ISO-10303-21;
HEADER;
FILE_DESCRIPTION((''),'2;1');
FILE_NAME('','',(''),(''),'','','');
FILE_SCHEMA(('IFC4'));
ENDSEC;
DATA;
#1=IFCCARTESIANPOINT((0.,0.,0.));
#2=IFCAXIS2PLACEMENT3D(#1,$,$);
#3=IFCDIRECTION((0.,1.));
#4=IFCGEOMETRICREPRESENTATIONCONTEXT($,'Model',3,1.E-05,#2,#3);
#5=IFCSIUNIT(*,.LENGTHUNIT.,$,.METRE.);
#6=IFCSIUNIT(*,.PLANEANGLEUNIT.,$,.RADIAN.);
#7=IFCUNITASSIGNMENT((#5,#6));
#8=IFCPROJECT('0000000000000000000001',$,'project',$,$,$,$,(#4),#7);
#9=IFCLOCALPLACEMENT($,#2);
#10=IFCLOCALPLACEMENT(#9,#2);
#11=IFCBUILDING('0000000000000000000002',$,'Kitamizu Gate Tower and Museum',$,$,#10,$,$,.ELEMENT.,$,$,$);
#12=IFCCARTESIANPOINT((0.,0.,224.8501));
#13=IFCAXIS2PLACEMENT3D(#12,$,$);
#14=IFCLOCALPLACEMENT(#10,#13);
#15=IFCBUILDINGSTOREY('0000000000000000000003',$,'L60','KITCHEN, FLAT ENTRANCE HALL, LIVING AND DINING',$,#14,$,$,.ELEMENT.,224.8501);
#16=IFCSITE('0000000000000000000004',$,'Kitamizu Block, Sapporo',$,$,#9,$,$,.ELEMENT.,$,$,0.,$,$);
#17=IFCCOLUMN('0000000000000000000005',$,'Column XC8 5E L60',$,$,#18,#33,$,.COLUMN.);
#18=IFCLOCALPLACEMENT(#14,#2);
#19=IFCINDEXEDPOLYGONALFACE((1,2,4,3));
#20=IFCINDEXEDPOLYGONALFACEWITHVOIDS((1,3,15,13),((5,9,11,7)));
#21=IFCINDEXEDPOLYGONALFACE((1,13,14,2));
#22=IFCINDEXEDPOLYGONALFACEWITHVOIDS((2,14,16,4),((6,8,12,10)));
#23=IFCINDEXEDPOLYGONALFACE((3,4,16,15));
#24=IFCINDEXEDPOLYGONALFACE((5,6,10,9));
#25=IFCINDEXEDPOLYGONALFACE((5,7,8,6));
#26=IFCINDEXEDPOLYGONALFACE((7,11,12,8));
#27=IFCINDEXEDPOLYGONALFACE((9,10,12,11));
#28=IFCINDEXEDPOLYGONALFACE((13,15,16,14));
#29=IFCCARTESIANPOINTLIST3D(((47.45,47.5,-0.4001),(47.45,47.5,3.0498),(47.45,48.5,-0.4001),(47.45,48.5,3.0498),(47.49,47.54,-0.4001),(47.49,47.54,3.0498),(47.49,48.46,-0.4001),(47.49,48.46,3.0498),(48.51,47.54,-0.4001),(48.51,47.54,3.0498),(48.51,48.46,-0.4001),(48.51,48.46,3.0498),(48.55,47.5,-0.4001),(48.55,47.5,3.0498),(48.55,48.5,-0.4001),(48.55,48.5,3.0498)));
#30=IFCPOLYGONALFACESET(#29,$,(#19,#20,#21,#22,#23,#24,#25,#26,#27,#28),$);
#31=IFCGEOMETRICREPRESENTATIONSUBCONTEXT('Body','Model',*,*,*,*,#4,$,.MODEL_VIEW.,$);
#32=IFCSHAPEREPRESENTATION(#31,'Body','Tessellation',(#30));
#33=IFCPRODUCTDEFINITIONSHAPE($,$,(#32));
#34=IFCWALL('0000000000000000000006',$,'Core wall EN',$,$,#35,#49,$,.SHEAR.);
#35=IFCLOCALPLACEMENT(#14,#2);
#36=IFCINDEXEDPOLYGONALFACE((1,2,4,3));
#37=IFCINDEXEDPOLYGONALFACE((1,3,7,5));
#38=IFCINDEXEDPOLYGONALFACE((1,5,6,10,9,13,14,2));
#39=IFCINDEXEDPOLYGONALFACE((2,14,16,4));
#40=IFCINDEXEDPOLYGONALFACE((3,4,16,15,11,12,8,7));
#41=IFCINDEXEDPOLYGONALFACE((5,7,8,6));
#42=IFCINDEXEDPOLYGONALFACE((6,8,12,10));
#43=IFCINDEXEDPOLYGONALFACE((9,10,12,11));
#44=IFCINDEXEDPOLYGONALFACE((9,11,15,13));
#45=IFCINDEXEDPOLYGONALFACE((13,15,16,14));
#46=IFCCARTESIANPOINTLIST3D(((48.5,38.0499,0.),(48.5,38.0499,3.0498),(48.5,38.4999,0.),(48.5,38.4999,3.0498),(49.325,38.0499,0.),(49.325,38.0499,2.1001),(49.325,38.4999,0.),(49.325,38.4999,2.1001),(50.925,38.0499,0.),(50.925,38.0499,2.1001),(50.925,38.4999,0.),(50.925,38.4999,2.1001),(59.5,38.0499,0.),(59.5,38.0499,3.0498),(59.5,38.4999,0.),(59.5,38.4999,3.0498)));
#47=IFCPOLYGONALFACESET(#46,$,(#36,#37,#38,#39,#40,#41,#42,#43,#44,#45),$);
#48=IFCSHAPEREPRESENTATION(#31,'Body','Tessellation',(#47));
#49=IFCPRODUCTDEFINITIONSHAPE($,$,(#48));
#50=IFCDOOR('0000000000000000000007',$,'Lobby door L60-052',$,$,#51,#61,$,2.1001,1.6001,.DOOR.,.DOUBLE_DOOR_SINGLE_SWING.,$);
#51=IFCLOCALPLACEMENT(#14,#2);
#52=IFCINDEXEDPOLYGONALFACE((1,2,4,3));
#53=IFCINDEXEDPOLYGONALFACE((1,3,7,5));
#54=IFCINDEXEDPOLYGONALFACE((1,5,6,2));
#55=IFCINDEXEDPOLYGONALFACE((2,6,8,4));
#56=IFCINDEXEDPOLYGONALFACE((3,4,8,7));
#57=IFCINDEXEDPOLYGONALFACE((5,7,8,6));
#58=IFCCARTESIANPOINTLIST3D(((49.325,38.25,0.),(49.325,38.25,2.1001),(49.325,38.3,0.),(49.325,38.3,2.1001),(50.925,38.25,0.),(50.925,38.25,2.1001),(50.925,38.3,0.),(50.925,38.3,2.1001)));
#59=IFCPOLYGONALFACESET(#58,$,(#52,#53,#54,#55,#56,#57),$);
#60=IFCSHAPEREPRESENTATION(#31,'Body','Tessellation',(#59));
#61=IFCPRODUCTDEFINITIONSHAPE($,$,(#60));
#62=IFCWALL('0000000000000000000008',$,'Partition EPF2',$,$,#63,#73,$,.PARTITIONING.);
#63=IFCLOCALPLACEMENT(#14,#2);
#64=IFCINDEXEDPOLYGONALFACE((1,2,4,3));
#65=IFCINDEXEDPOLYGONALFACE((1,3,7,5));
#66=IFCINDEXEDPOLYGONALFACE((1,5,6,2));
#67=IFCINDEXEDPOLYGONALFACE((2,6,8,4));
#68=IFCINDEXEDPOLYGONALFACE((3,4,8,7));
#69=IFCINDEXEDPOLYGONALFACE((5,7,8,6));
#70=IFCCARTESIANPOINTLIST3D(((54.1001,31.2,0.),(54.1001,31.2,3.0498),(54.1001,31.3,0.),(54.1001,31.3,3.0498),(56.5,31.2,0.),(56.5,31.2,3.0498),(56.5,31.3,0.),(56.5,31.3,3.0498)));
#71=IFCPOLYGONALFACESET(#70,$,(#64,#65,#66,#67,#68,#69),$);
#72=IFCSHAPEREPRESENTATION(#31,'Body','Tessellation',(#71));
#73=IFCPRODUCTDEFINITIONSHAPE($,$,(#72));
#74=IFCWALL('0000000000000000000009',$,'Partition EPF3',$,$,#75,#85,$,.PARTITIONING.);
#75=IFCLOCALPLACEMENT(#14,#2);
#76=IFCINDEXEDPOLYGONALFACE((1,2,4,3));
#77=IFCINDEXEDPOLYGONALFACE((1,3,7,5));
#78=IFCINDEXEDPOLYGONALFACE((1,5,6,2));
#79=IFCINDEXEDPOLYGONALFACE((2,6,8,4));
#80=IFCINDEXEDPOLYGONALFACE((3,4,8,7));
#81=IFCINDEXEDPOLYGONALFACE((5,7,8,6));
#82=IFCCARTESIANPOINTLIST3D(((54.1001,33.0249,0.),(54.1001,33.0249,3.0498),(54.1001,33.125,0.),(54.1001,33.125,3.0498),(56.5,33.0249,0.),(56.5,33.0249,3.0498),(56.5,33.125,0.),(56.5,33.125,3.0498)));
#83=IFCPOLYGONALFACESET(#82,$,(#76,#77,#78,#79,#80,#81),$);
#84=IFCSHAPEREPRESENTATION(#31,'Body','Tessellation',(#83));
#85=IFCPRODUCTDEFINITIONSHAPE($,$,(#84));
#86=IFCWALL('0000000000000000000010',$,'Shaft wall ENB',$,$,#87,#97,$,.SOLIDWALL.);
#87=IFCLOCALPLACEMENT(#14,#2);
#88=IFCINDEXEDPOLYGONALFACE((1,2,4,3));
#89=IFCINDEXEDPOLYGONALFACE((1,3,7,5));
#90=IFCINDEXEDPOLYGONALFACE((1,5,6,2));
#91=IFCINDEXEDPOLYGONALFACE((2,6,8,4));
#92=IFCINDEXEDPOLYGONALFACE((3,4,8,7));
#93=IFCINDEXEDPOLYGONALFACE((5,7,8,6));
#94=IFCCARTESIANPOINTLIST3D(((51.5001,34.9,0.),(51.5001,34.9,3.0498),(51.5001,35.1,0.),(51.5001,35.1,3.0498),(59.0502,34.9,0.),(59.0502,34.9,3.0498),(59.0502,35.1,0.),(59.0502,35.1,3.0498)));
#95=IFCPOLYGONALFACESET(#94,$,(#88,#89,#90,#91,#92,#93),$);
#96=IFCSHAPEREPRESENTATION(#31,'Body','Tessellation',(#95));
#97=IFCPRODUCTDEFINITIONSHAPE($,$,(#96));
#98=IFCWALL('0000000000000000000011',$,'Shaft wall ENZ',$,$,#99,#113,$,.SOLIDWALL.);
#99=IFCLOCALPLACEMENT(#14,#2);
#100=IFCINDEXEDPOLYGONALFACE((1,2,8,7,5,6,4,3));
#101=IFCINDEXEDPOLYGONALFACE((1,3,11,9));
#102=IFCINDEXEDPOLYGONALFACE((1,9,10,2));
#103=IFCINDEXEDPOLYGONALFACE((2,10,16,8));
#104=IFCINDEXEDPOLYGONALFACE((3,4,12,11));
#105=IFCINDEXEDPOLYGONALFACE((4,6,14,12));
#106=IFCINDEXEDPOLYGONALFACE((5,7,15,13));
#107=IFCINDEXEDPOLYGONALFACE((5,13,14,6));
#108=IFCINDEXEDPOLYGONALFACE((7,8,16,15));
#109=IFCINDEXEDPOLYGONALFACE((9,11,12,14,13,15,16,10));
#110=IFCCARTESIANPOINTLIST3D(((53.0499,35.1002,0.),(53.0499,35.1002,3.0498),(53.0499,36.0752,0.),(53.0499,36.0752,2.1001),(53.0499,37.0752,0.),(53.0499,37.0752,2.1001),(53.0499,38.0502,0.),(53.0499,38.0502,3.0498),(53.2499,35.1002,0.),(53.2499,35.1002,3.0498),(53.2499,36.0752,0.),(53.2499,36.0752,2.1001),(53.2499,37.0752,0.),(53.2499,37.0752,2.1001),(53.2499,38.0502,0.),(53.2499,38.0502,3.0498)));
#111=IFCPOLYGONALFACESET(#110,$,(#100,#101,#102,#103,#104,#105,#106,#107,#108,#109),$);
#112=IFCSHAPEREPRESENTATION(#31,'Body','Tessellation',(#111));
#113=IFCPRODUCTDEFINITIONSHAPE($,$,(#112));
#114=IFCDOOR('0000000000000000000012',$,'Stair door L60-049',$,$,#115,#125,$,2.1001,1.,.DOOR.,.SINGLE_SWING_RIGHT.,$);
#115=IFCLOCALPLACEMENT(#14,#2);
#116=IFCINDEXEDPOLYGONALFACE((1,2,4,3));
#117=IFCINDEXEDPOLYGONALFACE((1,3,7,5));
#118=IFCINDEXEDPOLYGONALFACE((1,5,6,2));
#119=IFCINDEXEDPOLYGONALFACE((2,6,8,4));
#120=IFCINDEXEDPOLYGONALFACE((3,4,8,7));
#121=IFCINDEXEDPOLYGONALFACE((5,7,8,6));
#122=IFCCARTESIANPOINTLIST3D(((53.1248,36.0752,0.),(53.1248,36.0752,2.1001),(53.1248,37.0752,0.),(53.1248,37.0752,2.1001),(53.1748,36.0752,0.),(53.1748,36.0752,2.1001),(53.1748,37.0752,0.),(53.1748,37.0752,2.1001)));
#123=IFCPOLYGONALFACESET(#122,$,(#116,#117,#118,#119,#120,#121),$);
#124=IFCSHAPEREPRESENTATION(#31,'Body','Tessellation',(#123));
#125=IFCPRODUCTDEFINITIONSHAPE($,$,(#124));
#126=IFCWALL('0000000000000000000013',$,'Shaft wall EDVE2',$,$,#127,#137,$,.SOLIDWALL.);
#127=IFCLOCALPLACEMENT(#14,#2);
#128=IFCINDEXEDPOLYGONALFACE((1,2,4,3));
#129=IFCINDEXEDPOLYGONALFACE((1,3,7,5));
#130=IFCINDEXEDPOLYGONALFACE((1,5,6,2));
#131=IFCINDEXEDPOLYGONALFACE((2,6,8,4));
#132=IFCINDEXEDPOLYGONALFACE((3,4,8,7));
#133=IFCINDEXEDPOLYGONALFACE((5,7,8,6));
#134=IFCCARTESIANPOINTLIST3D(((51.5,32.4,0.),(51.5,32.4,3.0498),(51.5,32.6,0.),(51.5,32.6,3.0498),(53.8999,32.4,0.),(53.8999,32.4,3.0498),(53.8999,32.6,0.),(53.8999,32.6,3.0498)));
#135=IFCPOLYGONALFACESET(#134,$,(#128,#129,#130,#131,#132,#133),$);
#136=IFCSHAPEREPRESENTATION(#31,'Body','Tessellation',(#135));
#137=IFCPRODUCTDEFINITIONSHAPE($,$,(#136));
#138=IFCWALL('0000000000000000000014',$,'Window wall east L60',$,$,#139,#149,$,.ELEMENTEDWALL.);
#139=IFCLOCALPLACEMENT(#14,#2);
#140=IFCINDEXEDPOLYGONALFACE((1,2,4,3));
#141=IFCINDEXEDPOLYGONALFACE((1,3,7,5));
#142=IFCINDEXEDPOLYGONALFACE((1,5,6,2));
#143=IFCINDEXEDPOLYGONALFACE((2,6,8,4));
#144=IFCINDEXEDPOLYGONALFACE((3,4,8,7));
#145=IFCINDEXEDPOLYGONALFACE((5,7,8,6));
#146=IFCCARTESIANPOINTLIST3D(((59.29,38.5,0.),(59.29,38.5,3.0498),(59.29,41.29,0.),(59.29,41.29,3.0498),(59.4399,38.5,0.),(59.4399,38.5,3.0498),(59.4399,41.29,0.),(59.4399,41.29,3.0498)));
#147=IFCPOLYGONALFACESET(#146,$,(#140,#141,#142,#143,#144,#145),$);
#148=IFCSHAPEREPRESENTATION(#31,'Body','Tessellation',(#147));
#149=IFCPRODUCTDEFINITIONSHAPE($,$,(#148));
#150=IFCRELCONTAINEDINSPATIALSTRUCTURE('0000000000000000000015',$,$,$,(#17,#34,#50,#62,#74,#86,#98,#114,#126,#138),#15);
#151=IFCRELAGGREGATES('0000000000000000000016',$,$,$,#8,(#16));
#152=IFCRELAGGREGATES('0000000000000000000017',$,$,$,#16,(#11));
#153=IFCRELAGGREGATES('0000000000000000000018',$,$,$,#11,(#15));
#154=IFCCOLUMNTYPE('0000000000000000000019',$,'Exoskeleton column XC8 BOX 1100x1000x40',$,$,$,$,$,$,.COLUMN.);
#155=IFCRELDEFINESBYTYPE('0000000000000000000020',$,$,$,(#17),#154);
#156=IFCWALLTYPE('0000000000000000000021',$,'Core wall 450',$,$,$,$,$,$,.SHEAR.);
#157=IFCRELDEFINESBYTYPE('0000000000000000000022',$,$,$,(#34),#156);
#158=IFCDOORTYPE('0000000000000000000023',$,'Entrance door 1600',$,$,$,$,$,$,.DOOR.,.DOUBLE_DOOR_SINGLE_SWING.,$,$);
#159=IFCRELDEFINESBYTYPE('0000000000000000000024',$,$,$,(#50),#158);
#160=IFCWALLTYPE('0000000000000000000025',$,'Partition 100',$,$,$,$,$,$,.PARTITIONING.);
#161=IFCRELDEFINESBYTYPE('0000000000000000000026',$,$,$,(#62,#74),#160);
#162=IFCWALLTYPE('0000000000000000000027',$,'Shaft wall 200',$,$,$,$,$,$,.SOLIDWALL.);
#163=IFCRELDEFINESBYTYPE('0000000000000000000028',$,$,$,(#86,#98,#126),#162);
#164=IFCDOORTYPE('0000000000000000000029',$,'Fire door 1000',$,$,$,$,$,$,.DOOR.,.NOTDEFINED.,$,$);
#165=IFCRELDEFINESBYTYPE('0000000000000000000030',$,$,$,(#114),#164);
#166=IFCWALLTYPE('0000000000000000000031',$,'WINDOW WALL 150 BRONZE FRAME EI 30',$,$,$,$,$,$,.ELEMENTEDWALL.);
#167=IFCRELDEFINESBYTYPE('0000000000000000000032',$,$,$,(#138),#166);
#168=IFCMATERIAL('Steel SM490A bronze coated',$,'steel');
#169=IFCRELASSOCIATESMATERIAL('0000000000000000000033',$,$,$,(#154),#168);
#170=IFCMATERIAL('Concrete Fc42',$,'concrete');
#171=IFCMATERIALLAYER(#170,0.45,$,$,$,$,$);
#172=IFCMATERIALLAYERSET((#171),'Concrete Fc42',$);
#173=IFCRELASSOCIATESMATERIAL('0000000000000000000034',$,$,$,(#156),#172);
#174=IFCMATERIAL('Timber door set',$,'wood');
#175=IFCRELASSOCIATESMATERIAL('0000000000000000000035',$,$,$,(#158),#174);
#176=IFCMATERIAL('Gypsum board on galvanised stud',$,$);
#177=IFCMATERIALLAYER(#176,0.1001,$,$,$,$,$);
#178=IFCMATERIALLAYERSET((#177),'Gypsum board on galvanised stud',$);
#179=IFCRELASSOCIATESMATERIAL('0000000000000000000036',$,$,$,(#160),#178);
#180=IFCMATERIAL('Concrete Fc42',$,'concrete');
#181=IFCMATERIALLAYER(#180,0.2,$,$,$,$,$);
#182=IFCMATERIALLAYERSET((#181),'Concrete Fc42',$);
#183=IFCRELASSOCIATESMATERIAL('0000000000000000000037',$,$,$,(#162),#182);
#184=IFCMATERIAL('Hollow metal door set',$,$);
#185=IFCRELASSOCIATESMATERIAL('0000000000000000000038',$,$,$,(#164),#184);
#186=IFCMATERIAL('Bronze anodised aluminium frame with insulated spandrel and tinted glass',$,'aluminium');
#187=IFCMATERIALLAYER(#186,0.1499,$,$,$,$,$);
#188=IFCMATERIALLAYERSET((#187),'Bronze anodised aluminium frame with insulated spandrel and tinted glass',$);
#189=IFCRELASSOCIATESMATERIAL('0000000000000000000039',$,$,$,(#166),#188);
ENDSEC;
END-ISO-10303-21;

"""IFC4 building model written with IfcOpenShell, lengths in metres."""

from ifc_helpers import new_model, si_unit, direction, frame, frame_2d, origin, origin_2d, place, context, subcontext, project, spatial, rectangle, hollow_rectangle, extrude, material, layer, layer_set, material_profile, profile_set, type_object, element, fill, save


model = new_model("IFC4")

# Units and contexts
model_context = context("Model", 3, precision=1e-05, world=origin(), true_north=direction((0.0, 1.0)))
body_context = subcontext(model_context, "Body", "Model", "MODEL_VIEW")
ifc_project = project(units=[si_unit("LENGTHUNIT", "METRE"), si_unit("PLANEANGLEUNIT", "RADIAN")], contexts=[model_context])

# Site, building, storey
site_placement = place(None, origin())
site = spatial("IfcSite", under=ifc_project, at=site_placement, Name="Kitamizu Block, Sapporo", CompositionType="ELEMENT", RefElevation=0.0)
building_placement = place(site_placement, origin())
building = spatial("IfcBuilding", under=site, at=building_placement, Name="Kitamizu Gate Tower and Museum", CompositionType="ELEMENT")
storey_placement = place(building_placement, frame((0.0, 0.0, 224.8501)))
storey = spatial("IfcBuildingStorey", under=building, at=storey_placement, Name="L60", Description="KITCHEN, FLAT ENTRANCE HALL, LIVING AND DINING", CompositionType="ELEMENT", Elevation=224.8501)

# Column
ifc_material_1 = material(Name="Steel SM490A bronze coated", Category="steel")
ifc_material_profile = material_profile(ifc_material_1, hollow_rectangle(XDim=1.1001, YDim=1.0, WallThickness=0.04, at=origin_2d()), Name="BOX 1100x1000x40")
ifc_profile_set = profile_set([ifc_material_profile], Name="Steel SM490A bronze coated")
column_type = type_object("IfcColumnType", Name="Exoskeleton column XC8 BOX 1100x1000x40", PredefinedType="COLUMN", material=ifc_profile_set)
column_placement = place(storey_placement, frame((48.0, 48.0, -0.4001), z_axis=(0.0, 0.0, 1.0), x_axis=(1.0, 0.0, 0.0)))
element("IfcColumn", 1, at=column_placement, inside=storey, type_object=column_type, Name="Column XC8 5E L60", PredefinedType="COLUMN", context=body_context, shape_type="SweptSolid", body=[
    extrude(hollow_rectangle(XDim=1.1001, YDim=1.0, WallThickness=0.04, at=origin_2d()), origin(), (0.0, 0.0, 1.0), 3.45),
])

# Wall, opening, door
ifc_material_2 = material(Name="Concrete Fc42", Category="concrete")
ifc_layer_1 = layer(ifc_material_2, 0.45)
ifc_layer_set_1 = layer_set([ifc_layer_1], Name="Concrete Fc42")
wall_type_1 = type_object("IfcWallType", Name="Core wall 450", PredefinedType="SHEAR", material=ifc_layer_set_1)
wall_1_placement = place(storey_placement, frame((59.5, 38.2749, 0.0), z_axis=(0.0, 0.0, 1.0), x_axis=(-1.0, 0.0, 0.0)))
wall_1 = element("IfcWall", 2, at=wall_1_placement, inside=storey, type_object=wall_type_1, Name="Core wall EN", PredefinedType="SHEAR", context=body_context, shape_type="SweptSolid", body=[
    extrude(rectangle(XDim=11.0, YDim=0.45, at=frame_2d((5.5, 0.0))), origin(), (0.0, 0.0, 1.0), 3.0498),
])
opening_1_placement = place(wall_1_placement, frame((8.575, 0.0, 0.0)))
opening_1 = element("IfcOpeningElement", 3, at=opening_1_placement, cuts=wall_1, PredefinedType="OPENING", context=body_context, shape_type="SweptSolid", body=[
    extrude(rectangle(XDim=1.6001, YDim=2.1001, at=frame_2d((0.8, 1.05))), frame((0.0, 0.2349, 0.0), z_axis=(0.0, -1.0, 0.0), x_axis=(1.0, 0.0, 0.0)), (0.0, 0.0, 1.0), 0.47),
])
ifc_material_3 = material(Name="Timber door set", Category="wood")
door_type_1 = type_object("IfcDoorType", Name="Entrance door 1600", OperationType="DOUBLE_DOOR_SINGLE_SWING", PredefinedType="DOOR", material=ifc_material_3)
door_1_placement = place(opening_1_placement, origin())
door_1 = element("IfcDoor", 4, at=door_1_placement, inside=storey, type_object=door_type_1, Name="Lobby door L60-052", OperationType="DOUBLE_DOOR_SINGLE_SWING", OverallHeight=2.1001, OverallWidth=1.6001, PredefinedType="DOOR", context=body_context, shape_type="SweptSolid", body=[
    extrude(rectangle(XDim=1.6001, YDim=2.1001, at=frame_2d((0.8, 1.05))), frame((0.0, 0.0249, 0.0), z_axis=(0.0, -1.0, 0.0), x_axis=(1.0, 0.0, 0.0)), (0.0, 0.0, 1.0), 0.05),
])
fill(opening_1, door_1)

# Walls
ifc_material_4 = material(Name="Gypsum board on galvanised stud")
ifc_layer_2 = layer(ifc_material_4, 0.1001)
ifc_layer_set_2 = layer_set([ifc_layer_2], Name="Gypsum board on galvanised stud")
wall_type_2 = type_object("IfcWallType", Name="Partition 100", PredefinedType="PARTITIONING", material=ifc_layer_set_2)
for number, where, z_axis, x_axis, name in (
    (5, (56.5, 31.25, 0.0), (0.0, 0.0, 1.0), (-1.0, 0.0, 0.0), "Partition EPF2"),
    (6, (56.5, 33.075, 0.0), (0.0, 0.0, 1.0), (-1.0, 0.0, 0.0), "Partition EPF3"),
):
    element("IfcWall", number, at=place(storey_placement, frame(where, z_axis=z_axis, x_axis=x_axis)), inside=storey, type_object=wall_type_2, Name=name, PredefinedType="PARTITIONING", context=body_context, shape_type="SweptSolid", body=[
        extrude(rectangle(XDim=2.3999, YDim=0.1001, at=frame_2d((1.2, 0.0))), origin(), (0.0, 0.0, 1.0), 3.0498),
    ])
ifc_material_5 = material(Name="Concrete Fc42", Category="concrete")
ifc_layer_3 = layer(ifc_material_5, 0.2)
ifc_layer_set_3 = layer_set([ifc_layer_3], Name="Concrete Fc42")
wall_type_3 = type_object("IfcWallType", Name="Shaft wall 200", PredefinedType="SOLIDWALL", material=ifc_layer_set_3)
wall_2_placement = place(storey_placement, frame((59.05, 35.0, 0.0), z_axis=(0.0, 0.0, 1.0), x_axis=(-1.0, 0.0, 0.0)))
element("IfcWall", 7, at=wall_2_placement, inside=storey, type_object=wall_type_3, Name="Shaft wall ENB", PredefinedType="SOLIDWALL", context=body_context, shape_type="SweptSolid", body=[
    extrude(rectangle(XDim=7.55, YDim=0.2, at=frame_2d((3.7749, 0.0))), origin(), (0.0, 0.0, 1.0), 3.0498),
])

# Wall, opening, door
wall_3_placement = place(storey_placement, frame((53.1499, 35.1001, 0.0), z_axis=(0.0, 0.0, 1.0), x_axis=(0.0, 1.0, 0.0)))
wall_3 = element("IfcWall", 8, at=wall_3_placement, inside=storey, type_object=wall_type_3, Name="Shaft wall ENZ", PredefinedType="SOLIDWALL", context=body_context, shape_type="SweptSolid", body=[
    extrude(rectangle(XDim=2.95, YDim=0.2, at=frame_2d((1.4751, 0.0))), origin(), (0.0, 0.0, 1.0), 3.0498),
])
opening_2_placement = place(wall_3_placement, frame((0.9751, 0.0, 0.0)))
opening_2 = element("IfcOpeningElement", 9, at=opening_2_placement, cuts=wall_3, PredefinedType="OPENING", context=body_context, shape_type="SweptSolid", body=[
    extrude(rectangle(XDim=1.0, YDim=2.1001, at=frame_2d((0.5, 1.05))), frame((0.0, 0.1099, 0.0), z_axis=(0.0, -1.0, 0.0), x_axis=(1.0, 0.0, 0.0)), (0.0, 0.0, 1.0), 0.22),
])
ifc_material_6 = material(Name="Hollow metal door set")
door_type_2 = type_object("IfcDoorType", Name="Fire door 1000", OperationType="NOTDEFINED", PredefinedType="DOOR", material=ifc_material_6)
door_2_placement = place(opening_2_placement, frame((1.0, 0.0, 0.0), x_axis=(-1.0, 0.0, 0.0)))
door_2 = element("IfcDoor", 10, at=door_2_placement, inside=storey, type_object=door_type_2, Name="Stair door L60-049", OperationType="SINGLE_SWING_RIGHT", OverallHeight=2.1001, OverallWidth=1.0, PredefinedType="DOOR", context=body_context, shape_type="SweptSolid", body=[
    extrude(rectangle(XDim=1.0, YDim=2.1001, at=frame_2d((0.5, 1.05))), frame((0.0, 0.0249, 0.0), z_axis=(0.0, -1.0, 0.0), x_axis=(1.0, 0.0, 0.0)), (0.0, 0.0, 1.0), 0.05),
])
fill(opening_2, door_2)

# Walls
wall_4_placement = place(storey_placement, frame((53.8999, 32.5, 0.0), z_axis=(0.0, 0.0, 1.0), x_axis=(-1.0, 0.0, 0.0)))
element("IfcWall", 11, at=wall_4_placement, inside=storey, type_object=wall_type_3, Name="Shaft wall EDVE2", PredefinedType="SOLIDWALL", context=body_context, shape_type="SweptSolid", body=[
    extrude(rectangle(XDim=2.3999, YDim=0.2, at=frame_2d((1.2, 0.0))), origin(), (0.0, 0.0, 1.0), 3.0498),
])
ifc_material_7 = material(Name="Bronze anodised aluminium frame with insulated spandrel and tinted glass", Category="aluminium")
ifc_layer_4 = layer(ifc_material_7, 0.1499)
ifc_layer_set_4 = layer_set([ifc_layer_4], Name="Bronze anodised aluminium frame with insulated spandrel and tinted glass")
wall_type_4 = type_object("IfcWallType", Name="WINDOW WALL 150 BRONZE FRAME EI 30", PredefinedType="ELEMENTEDWALL", material=ifc_layer_set_4)
wall_5_placement = place(storey_placement, frame((59.365, 38.5, 0.0), z_axis=(0.0, 0.0, 1.0), x_axis=(0.0, 1.0, 0.0)))
element("IfcWall", 12, at=wall_5_placement, inside=storey, type_object=wall_type_4, Name="Window wall east L60", PredefinedType="ELEMENTEDWALL", context=body_context, shape_type="SweptSolid", body=[
    extrude(rectangle(XDim=2.79, YDim=0.1499, at=frame_2d((1.395, 0.0))), origin(), (0.0, 0.0, 1.0), 3.0498),
])

save(model, "model.ifc")
